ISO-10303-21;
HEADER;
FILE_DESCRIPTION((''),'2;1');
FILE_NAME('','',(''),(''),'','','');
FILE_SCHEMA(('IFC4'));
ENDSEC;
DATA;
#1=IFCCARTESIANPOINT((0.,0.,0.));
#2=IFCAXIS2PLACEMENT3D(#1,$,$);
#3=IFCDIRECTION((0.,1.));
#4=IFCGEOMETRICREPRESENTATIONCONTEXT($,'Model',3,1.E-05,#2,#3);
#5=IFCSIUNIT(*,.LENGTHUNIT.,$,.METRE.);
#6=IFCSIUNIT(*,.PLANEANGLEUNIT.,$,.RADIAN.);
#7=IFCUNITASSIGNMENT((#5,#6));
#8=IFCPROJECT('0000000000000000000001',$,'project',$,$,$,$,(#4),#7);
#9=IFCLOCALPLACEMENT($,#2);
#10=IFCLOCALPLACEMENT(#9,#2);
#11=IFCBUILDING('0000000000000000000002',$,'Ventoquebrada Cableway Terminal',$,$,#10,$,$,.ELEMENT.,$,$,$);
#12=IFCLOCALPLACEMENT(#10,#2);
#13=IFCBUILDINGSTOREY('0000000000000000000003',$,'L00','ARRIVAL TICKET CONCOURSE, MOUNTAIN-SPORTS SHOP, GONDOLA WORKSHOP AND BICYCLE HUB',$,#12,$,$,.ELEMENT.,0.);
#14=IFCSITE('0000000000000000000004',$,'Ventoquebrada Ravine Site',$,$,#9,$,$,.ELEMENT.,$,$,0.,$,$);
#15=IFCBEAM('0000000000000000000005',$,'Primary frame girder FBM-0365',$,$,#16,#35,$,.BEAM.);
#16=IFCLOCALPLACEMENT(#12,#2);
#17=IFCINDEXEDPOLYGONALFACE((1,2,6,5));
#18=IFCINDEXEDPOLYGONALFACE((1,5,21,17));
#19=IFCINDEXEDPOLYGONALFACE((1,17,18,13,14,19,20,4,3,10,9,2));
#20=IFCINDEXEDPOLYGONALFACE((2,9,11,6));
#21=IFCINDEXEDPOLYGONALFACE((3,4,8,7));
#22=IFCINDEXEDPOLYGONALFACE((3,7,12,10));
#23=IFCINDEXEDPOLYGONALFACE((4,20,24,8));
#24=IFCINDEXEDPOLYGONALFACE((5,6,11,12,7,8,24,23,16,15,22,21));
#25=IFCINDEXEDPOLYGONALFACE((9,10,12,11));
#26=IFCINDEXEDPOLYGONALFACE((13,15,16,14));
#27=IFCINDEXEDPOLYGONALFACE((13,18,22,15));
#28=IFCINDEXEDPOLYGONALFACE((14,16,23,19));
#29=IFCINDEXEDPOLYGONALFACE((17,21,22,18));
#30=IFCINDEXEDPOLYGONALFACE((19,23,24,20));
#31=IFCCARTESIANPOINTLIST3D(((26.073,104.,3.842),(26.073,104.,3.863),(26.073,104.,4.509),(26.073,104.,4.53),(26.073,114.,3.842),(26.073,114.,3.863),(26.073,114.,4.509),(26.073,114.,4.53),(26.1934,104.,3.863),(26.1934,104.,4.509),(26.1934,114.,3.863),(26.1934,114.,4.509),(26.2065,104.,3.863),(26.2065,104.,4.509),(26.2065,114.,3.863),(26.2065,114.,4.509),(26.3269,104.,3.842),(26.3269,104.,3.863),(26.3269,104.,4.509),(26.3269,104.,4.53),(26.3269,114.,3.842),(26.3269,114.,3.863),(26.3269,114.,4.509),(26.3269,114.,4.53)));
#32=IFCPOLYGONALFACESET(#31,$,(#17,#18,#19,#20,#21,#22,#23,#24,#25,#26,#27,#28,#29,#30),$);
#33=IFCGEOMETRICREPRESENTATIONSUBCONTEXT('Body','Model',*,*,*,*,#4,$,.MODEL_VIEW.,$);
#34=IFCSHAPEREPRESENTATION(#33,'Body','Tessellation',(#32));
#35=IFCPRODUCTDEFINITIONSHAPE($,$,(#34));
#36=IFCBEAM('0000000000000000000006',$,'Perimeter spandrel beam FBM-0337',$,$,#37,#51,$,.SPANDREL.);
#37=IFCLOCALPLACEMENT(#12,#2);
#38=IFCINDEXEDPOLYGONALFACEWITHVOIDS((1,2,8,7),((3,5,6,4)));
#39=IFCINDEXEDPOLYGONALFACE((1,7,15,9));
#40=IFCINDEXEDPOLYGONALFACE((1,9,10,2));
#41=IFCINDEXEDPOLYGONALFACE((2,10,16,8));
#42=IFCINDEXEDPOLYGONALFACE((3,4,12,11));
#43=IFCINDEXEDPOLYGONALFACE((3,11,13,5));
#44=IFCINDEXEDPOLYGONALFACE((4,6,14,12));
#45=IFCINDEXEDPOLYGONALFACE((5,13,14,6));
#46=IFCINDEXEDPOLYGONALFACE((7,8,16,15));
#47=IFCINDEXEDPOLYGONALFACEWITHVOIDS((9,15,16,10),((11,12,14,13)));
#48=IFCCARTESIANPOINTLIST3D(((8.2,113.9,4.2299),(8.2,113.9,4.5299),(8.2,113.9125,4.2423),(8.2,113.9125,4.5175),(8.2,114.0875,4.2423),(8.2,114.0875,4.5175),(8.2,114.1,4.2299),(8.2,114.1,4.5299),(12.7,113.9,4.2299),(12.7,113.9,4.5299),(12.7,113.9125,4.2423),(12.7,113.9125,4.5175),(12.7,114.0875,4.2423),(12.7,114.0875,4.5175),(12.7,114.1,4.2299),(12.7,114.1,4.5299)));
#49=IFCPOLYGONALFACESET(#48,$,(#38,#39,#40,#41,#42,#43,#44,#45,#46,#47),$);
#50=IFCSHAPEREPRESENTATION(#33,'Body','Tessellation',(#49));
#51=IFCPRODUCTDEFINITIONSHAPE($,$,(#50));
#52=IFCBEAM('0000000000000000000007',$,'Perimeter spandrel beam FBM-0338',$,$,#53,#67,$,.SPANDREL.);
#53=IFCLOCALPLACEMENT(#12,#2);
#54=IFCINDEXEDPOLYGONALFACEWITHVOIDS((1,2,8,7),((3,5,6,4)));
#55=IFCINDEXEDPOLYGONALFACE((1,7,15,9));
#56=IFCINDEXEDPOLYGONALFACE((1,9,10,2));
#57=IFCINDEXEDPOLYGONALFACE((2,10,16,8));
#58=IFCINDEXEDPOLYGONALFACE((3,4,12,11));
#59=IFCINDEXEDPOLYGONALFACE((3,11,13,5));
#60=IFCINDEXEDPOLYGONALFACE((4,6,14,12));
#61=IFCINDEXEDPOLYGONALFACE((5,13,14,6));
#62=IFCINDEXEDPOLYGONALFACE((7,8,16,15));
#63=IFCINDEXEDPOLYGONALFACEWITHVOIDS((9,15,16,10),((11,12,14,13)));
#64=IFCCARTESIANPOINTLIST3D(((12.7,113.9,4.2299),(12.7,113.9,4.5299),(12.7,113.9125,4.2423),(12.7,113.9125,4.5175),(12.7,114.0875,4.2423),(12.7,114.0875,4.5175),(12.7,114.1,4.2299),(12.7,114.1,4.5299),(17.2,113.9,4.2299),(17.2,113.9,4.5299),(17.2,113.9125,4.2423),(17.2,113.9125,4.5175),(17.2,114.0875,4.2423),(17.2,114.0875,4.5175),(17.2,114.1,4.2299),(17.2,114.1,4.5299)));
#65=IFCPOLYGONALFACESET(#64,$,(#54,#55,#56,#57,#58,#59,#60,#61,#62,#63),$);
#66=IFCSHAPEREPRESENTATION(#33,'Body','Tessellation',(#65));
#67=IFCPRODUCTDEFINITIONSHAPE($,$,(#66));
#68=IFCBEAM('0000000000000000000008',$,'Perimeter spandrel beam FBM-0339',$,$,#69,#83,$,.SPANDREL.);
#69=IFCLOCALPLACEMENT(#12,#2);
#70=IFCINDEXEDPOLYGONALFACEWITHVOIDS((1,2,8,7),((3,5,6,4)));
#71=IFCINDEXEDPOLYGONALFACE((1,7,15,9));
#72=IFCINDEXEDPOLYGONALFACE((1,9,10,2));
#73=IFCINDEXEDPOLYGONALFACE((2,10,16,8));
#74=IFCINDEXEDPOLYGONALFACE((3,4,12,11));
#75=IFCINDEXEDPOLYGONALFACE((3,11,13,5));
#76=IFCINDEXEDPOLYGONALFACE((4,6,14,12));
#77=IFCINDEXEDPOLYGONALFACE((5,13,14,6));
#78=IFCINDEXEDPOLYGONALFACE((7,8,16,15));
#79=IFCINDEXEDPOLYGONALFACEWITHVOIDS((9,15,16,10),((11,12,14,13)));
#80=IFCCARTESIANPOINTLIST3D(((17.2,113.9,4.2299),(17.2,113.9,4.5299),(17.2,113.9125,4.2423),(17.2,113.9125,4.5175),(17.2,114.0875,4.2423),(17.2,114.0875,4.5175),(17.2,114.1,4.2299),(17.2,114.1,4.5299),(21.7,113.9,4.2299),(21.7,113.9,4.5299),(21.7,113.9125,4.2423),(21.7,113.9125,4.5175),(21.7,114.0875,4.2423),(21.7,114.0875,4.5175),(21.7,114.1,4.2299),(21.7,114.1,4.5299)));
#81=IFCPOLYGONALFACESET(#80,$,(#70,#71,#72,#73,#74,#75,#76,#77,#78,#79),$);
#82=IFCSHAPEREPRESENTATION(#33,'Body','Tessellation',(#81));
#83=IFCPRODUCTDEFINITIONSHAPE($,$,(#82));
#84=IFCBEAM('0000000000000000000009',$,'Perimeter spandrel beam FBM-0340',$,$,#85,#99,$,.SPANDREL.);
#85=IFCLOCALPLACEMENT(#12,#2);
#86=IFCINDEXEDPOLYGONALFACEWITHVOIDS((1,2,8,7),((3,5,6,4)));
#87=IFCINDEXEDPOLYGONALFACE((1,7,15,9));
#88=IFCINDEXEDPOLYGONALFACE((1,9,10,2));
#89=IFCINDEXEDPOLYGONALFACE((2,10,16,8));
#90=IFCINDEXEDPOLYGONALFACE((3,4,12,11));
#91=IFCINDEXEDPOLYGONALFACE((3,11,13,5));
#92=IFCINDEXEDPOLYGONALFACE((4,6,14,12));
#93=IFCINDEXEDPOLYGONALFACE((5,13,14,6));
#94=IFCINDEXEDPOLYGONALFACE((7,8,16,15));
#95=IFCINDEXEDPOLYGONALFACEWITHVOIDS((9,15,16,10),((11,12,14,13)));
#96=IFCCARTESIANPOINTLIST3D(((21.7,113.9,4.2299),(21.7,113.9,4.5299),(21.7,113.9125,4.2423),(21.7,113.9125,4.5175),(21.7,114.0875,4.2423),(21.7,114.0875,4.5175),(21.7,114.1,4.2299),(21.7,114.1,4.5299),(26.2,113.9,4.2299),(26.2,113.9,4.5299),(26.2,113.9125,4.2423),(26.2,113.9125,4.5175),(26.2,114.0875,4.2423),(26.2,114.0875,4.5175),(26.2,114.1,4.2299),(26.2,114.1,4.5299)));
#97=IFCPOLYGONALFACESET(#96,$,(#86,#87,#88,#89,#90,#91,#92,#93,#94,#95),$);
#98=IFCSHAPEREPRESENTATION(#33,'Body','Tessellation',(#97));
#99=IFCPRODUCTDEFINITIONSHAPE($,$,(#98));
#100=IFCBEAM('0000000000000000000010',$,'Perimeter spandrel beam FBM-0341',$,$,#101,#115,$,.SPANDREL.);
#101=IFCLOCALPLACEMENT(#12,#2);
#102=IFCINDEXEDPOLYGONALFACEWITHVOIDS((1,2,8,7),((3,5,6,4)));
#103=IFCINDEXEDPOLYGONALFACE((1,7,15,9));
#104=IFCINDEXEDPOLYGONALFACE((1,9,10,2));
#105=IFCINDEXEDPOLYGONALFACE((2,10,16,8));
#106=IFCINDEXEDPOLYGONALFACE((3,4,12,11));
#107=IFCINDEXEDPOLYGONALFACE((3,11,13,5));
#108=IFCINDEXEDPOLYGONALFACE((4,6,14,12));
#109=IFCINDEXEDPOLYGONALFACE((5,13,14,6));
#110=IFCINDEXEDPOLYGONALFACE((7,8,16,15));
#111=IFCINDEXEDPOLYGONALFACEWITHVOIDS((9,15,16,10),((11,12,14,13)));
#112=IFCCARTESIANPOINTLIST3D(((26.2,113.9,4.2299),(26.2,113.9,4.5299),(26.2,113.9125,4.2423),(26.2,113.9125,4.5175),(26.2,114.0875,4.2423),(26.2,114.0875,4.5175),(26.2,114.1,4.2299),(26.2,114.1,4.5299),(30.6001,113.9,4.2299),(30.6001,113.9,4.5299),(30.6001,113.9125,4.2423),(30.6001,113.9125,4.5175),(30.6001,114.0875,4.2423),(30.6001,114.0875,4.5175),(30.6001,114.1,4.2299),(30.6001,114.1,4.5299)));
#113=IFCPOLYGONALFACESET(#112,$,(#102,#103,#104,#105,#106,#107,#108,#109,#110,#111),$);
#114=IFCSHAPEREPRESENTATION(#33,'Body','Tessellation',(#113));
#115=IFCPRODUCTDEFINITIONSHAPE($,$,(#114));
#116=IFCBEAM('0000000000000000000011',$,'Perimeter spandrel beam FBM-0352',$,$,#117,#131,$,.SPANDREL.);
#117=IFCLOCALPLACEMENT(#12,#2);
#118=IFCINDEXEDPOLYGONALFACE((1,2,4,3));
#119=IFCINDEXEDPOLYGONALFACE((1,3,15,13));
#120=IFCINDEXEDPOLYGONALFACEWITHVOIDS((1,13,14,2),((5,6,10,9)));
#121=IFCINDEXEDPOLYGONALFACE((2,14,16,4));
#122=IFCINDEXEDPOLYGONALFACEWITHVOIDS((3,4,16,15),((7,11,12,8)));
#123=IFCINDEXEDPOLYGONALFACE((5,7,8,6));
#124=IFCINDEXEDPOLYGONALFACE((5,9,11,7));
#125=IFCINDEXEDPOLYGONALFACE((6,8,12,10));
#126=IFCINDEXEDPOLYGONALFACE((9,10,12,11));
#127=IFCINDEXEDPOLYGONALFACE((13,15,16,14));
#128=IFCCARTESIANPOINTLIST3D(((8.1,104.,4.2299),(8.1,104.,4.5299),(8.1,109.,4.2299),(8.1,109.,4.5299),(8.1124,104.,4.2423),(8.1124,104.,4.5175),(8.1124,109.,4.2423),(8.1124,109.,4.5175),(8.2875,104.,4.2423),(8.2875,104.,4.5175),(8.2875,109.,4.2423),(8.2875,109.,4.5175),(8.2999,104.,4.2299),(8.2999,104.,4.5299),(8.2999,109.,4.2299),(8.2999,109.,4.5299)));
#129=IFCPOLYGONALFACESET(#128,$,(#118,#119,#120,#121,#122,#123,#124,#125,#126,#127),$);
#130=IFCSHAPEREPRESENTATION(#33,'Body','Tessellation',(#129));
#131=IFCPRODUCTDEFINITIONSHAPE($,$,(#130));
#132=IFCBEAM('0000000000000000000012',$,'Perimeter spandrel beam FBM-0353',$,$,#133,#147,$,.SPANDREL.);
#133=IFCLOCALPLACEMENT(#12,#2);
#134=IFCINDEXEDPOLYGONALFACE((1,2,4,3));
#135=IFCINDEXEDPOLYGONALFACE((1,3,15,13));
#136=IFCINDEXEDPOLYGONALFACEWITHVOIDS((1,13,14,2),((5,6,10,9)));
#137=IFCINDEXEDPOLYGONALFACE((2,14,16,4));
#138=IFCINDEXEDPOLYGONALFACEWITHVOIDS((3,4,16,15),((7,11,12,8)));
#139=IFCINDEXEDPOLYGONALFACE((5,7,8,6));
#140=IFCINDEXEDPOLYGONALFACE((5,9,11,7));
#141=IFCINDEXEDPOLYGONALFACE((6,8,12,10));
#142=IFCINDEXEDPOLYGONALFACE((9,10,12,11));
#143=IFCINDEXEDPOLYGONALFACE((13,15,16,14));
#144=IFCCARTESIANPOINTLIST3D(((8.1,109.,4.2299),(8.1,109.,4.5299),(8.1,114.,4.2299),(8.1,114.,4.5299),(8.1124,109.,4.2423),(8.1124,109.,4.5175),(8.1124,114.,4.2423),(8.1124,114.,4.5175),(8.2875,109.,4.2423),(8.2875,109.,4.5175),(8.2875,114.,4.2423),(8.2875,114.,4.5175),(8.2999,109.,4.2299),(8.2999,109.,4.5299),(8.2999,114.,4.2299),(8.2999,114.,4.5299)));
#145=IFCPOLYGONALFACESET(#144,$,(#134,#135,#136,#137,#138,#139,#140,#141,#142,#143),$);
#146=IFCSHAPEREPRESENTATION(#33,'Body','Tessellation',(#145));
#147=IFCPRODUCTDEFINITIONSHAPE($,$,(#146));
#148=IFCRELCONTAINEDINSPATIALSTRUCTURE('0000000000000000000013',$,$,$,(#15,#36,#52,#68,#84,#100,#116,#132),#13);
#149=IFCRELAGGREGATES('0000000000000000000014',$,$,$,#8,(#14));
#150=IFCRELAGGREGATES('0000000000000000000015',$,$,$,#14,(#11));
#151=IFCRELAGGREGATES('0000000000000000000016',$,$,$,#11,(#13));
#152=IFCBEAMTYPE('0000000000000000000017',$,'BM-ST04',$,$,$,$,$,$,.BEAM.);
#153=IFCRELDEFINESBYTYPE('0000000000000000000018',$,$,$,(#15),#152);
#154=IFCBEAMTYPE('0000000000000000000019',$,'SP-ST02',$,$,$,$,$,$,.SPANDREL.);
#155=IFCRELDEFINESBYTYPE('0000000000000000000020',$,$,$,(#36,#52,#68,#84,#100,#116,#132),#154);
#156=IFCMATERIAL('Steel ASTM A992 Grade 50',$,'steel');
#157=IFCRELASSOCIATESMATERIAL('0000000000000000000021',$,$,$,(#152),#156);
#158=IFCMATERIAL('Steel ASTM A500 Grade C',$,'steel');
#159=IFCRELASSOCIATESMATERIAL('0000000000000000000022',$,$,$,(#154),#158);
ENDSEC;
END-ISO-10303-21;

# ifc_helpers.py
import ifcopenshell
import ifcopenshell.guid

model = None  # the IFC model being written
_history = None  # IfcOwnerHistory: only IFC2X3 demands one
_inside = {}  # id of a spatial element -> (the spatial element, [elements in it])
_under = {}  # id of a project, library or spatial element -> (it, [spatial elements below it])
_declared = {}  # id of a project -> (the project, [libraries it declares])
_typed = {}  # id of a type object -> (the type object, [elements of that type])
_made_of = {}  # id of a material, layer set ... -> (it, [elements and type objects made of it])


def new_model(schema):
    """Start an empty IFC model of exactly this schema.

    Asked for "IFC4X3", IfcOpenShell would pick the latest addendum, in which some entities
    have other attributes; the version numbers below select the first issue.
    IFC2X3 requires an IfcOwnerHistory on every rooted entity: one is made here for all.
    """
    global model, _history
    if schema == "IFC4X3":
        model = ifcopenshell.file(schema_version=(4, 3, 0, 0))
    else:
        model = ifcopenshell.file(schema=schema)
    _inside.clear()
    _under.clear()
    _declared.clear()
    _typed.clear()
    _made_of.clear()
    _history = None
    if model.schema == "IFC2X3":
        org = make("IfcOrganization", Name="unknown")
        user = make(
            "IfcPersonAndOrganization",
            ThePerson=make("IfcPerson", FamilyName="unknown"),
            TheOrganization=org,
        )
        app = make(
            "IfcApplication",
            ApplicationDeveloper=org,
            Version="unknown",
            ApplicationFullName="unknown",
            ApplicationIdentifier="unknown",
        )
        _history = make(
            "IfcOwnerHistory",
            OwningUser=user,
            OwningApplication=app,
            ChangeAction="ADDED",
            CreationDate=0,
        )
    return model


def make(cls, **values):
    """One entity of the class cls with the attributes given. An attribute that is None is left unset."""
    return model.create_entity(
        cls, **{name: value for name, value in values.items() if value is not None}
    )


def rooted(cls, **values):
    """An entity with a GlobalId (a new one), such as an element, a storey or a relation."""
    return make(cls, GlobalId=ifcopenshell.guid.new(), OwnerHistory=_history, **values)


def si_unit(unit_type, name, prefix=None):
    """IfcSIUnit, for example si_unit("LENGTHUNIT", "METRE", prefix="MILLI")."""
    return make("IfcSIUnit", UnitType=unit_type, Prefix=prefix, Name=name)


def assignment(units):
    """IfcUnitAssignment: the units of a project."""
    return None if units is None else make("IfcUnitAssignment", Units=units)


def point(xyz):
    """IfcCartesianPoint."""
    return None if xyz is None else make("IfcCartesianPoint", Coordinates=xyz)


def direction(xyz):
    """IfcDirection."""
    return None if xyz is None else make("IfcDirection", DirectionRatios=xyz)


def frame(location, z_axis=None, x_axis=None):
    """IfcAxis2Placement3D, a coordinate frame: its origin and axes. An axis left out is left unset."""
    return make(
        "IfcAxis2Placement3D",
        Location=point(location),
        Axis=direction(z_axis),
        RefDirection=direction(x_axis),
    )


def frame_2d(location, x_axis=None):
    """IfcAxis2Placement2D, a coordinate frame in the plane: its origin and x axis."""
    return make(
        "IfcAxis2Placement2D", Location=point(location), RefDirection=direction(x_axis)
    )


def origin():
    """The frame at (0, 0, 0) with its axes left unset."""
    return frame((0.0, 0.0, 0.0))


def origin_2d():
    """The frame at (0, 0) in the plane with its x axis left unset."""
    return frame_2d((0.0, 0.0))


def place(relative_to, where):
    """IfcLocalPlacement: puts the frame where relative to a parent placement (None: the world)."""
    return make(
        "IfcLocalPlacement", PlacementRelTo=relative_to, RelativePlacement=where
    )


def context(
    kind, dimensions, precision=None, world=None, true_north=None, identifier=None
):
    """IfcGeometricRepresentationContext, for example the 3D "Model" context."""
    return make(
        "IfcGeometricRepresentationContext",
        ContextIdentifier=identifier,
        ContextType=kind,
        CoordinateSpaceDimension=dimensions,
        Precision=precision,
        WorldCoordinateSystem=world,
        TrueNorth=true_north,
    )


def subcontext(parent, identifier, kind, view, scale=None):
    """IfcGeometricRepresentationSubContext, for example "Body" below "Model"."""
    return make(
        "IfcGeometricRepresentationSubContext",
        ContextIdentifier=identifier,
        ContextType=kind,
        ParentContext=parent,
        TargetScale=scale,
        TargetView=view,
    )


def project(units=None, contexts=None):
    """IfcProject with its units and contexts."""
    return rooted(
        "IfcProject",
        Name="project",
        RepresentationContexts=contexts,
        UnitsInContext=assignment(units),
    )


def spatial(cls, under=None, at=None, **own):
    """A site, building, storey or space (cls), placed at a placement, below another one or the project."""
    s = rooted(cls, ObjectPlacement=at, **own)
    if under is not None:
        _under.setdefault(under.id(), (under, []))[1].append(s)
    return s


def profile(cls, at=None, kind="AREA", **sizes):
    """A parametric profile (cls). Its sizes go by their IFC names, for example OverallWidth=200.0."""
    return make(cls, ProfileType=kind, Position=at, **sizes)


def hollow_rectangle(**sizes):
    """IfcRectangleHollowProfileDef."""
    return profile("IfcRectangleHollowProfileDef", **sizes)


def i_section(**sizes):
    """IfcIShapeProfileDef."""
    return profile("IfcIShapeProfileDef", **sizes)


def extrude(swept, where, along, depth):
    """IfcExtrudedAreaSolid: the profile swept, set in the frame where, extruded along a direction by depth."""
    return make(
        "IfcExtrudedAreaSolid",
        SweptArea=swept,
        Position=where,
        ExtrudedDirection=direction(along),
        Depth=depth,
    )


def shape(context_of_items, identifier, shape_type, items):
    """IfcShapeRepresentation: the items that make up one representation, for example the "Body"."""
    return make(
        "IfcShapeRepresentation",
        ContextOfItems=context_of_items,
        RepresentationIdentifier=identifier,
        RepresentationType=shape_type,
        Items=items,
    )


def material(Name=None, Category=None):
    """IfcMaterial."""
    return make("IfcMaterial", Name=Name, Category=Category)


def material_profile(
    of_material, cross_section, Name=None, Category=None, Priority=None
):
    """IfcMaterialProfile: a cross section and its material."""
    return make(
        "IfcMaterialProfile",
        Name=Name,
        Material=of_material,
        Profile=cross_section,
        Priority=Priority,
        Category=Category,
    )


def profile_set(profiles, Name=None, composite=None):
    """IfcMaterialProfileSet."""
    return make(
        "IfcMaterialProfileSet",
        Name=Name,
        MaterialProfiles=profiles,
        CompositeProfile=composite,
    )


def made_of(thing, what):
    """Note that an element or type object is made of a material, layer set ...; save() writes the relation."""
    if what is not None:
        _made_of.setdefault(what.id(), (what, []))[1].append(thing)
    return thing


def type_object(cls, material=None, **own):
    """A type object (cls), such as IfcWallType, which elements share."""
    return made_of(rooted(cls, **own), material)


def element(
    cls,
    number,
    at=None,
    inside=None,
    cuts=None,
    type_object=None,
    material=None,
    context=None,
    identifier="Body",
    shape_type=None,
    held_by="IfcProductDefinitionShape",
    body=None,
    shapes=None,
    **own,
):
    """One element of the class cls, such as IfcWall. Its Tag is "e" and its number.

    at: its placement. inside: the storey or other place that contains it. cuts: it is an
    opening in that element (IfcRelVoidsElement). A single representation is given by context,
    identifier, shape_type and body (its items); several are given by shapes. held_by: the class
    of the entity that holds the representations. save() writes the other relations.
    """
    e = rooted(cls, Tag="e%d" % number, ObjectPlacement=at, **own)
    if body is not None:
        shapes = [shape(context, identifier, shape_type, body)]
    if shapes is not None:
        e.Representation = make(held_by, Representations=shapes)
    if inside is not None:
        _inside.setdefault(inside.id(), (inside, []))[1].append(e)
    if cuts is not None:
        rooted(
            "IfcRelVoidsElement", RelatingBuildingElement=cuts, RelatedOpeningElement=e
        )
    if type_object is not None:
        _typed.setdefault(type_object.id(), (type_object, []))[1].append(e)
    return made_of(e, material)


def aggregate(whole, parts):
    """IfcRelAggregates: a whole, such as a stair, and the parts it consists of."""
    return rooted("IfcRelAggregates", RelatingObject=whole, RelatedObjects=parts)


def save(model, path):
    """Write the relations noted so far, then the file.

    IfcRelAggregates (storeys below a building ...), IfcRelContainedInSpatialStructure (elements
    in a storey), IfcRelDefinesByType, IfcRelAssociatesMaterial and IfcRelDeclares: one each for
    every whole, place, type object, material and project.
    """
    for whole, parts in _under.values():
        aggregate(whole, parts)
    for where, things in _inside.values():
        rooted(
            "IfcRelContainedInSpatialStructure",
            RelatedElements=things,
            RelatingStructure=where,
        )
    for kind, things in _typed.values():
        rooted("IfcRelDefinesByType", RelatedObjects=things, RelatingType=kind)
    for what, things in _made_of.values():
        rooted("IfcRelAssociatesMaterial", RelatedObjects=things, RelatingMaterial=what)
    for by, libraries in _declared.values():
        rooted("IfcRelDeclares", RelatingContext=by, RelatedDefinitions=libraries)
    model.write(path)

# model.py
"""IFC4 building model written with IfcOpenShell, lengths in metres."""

from ifc_helpers import new_model, si_unit, direction, frame, origin, origin_2d, place, context, subcontext, project, spatial, hollow_rectangle, i_section, extrude, material, material_profile, profile_set, type_object, element, save


model = new_model("IFC4")

# Units and contexts
model_context = context("Model", 3, precision=1e-05, world=origin(), true_north=direction((0.0, 1.0)))
body_context = subcontext(model_context, "Body", "Model", "MODEL_VIEW")
ifc_project = project(units=[si_unit("LENGTHUNIT", "METRE"), si_unit("PLANEANGLEUNIT", "RADIAN")], contexts=[model_context])

# Site, building, storey
site_placement = place(None, origin())
site = spatial("IfcSite", under=ifc_project, at=site_placement, Name="Ventoquebrada Ravine Site", CompositionType="ELEMENT", RefElevation=0.0)
building_placement = place(site_placement, origin())
building = spatial("IfcBuilding", under=site, at=building_placement, Name="Ventoquebrada Cableway Terminal", CompositionType="ELEMENT")
storey_placement = place(building_placement, origin())
storey = spatial("IfcBuildingStorey", under=building, at=storey_placement, Name="L00", Description="ARRIVAL TICKET CONCOURSE, MOUNTAIN-SPORTS SHOP, GONDOLA WORKSHOP AND BICYCLE HUB", CompositionType="ELEMENT", Elevation=0.0)

# Beams
ifc_material_1 = material(Name="Steel ASTM A992 Grade 50", Category="steel")
ifc_material_profile_1 = material_profile(ifc_material_1, i_section(OverallWidth=0.2539, OverallDepth=0.688, WebThickness=0.0132, FlangeThickness=0.021, at=origin_2d()), Name="W27X102")
ifc_profile_set_1 = profile_set([ifc_material_profile_1], Name="Steel ASTM A992 Grade 50")
beam_type_1 = type_object("IfcBeamType", Name="BM-ST04", PredefinedType="BEAM", material=ifc_profile_set_1)
for number, where, z_axis, x_axis, name in (
    (1, (26.2, 104.0, 4.186), (0.0, 1.0, 0.0), (-1.0, 0.0, 0.0), "Primary frame girder FBM-0365"),
):
    element("IfcBeam", number, at=place(storey_placement, frame(where, z_axis=z_axis, x_axis=x_axis)), inside=storey, type_object=beam_type_1, Name=name, PredefinedType="BEAM", context=body_context, shape_type="SweptSolid", body=[
        extrude(i_section(OverallWidth=0.2539, OverallDepth=0.688, WebThickness=0.0132, FlangeThickness=0.021, at=origin_2d()), origin(), (0.0, 0.0, 1.0), 10.0),
    ])
ifc_material_2 = material(Name="Steel ASTM A500 Grade C", Category="steel")
ifc_material_profile_2 = material_profile(ifc_material_2, hollow_rectangle(XDim=0.2, YDim=0.3, WallThickness=0.0125, at=origin_2d()), Name="RHS300X200X12.5")
ifc_profile_set_2 = profile_set([ifc_material_profile_2], Name="Steel ASTM A500 Grade C")
beam_type_2 = type_object("IfcBeamType", Name="SP-ST02", PredefinedType="SPANDREL", material=ifc_profile_set_2)
for number, where, z_axis, x_axis, name in (
    (2, (8.2, 114.0, 4.3799), (1.0, 0.0, 0.0), (0.0, 1.0, 0.0), "Perimeter spandrel beam FBM-0337"),
    (3, (12.7, 114.0, 4.3799), (1.0, 0.0, 0.0), (0.0, 1.0, 0.0), "Perimeter spandrel beam FBM-0338"),
    (4, (17.2, 114.0, 4.3799), (1.0, 0.0, 0.0), (0.0, 1.0, 0.0), "Perimeter spandrel beam FBM-0339"),
    (5, (21.7, 114.0, 4.3799), (1.0, 0.0, 0.0), (0.0, 1.0, 0.0), "Perimeter spandrel beam FBM-0340"),
):
    element("IfcBeam", number, at=place(storey_placement, frame(where, z_axis=z_axis, x_axis=x_axis)), inside=storey, type_object=beam_type_2, Name=name, PredefinedType="SPANDREL", context=body_context, shape_type="SweptSolid", body=[
        extrude(hollow_rectangle(XDim=0.2, YDim=0.3, WallThickness=0.0125, at=origin_2d()), origin(), (0.0, 0.0, 1.0), 4.5),
    ])
beam_1_placement = place(storey_placement, frame((26.2, 114.0, 4.3799), z_axis=(1.0, 0.0, 0.0), x_axis=(0.0, 1.0, 0.0)))
element("IfcBeam", 6, at=beam_1_placement, inside=storey, type_object=beam_type_2, Name="Perimeter spandrel beam FBM-0341", PredefinedType="SPANDREL", context=body_context, shape_type="SweptSolid", body=[
    extrude(hollow_rectangle(XDim=0.2, YDim=0.3, WallThickness=0.0125, at=origin_2d()), origin(), (0.0, 0.0, 1.0), 4.4001),
])
for number, where, z_axis, x_axis, name in (
    (7, (8.2, 104.0, 4.3799), (0.0, 1.0, 0.0), (-1.0, 0.0, 0.0), "Perimeter spandrel beam FBM-0352"),
    (8, (8.2, 109.0, 4.3799), (0.0, 1.0, 0.0), (-1.0, 0.0, 0.0), "Perimeter spandrel beam FBM-0353"),
):
    element("IfcBeam", number, at=place(storey_placement, frame(where, z_axis=z_axis, x_axis=x_axis)), inside=storey, type_object=beam_type_2, Name=name, PredefinedType="SPANDREL", context=body_context, shape_type="SweptSolid", body=[
        extrude(hollow_rectangle(XDim=0.2, YDim=0.3, WallThickness=0.0125, at=origin_2d()), origin(), (0.0, 0.0, 1.0), 5.0),
    ])

save(model, "model.ifc")
